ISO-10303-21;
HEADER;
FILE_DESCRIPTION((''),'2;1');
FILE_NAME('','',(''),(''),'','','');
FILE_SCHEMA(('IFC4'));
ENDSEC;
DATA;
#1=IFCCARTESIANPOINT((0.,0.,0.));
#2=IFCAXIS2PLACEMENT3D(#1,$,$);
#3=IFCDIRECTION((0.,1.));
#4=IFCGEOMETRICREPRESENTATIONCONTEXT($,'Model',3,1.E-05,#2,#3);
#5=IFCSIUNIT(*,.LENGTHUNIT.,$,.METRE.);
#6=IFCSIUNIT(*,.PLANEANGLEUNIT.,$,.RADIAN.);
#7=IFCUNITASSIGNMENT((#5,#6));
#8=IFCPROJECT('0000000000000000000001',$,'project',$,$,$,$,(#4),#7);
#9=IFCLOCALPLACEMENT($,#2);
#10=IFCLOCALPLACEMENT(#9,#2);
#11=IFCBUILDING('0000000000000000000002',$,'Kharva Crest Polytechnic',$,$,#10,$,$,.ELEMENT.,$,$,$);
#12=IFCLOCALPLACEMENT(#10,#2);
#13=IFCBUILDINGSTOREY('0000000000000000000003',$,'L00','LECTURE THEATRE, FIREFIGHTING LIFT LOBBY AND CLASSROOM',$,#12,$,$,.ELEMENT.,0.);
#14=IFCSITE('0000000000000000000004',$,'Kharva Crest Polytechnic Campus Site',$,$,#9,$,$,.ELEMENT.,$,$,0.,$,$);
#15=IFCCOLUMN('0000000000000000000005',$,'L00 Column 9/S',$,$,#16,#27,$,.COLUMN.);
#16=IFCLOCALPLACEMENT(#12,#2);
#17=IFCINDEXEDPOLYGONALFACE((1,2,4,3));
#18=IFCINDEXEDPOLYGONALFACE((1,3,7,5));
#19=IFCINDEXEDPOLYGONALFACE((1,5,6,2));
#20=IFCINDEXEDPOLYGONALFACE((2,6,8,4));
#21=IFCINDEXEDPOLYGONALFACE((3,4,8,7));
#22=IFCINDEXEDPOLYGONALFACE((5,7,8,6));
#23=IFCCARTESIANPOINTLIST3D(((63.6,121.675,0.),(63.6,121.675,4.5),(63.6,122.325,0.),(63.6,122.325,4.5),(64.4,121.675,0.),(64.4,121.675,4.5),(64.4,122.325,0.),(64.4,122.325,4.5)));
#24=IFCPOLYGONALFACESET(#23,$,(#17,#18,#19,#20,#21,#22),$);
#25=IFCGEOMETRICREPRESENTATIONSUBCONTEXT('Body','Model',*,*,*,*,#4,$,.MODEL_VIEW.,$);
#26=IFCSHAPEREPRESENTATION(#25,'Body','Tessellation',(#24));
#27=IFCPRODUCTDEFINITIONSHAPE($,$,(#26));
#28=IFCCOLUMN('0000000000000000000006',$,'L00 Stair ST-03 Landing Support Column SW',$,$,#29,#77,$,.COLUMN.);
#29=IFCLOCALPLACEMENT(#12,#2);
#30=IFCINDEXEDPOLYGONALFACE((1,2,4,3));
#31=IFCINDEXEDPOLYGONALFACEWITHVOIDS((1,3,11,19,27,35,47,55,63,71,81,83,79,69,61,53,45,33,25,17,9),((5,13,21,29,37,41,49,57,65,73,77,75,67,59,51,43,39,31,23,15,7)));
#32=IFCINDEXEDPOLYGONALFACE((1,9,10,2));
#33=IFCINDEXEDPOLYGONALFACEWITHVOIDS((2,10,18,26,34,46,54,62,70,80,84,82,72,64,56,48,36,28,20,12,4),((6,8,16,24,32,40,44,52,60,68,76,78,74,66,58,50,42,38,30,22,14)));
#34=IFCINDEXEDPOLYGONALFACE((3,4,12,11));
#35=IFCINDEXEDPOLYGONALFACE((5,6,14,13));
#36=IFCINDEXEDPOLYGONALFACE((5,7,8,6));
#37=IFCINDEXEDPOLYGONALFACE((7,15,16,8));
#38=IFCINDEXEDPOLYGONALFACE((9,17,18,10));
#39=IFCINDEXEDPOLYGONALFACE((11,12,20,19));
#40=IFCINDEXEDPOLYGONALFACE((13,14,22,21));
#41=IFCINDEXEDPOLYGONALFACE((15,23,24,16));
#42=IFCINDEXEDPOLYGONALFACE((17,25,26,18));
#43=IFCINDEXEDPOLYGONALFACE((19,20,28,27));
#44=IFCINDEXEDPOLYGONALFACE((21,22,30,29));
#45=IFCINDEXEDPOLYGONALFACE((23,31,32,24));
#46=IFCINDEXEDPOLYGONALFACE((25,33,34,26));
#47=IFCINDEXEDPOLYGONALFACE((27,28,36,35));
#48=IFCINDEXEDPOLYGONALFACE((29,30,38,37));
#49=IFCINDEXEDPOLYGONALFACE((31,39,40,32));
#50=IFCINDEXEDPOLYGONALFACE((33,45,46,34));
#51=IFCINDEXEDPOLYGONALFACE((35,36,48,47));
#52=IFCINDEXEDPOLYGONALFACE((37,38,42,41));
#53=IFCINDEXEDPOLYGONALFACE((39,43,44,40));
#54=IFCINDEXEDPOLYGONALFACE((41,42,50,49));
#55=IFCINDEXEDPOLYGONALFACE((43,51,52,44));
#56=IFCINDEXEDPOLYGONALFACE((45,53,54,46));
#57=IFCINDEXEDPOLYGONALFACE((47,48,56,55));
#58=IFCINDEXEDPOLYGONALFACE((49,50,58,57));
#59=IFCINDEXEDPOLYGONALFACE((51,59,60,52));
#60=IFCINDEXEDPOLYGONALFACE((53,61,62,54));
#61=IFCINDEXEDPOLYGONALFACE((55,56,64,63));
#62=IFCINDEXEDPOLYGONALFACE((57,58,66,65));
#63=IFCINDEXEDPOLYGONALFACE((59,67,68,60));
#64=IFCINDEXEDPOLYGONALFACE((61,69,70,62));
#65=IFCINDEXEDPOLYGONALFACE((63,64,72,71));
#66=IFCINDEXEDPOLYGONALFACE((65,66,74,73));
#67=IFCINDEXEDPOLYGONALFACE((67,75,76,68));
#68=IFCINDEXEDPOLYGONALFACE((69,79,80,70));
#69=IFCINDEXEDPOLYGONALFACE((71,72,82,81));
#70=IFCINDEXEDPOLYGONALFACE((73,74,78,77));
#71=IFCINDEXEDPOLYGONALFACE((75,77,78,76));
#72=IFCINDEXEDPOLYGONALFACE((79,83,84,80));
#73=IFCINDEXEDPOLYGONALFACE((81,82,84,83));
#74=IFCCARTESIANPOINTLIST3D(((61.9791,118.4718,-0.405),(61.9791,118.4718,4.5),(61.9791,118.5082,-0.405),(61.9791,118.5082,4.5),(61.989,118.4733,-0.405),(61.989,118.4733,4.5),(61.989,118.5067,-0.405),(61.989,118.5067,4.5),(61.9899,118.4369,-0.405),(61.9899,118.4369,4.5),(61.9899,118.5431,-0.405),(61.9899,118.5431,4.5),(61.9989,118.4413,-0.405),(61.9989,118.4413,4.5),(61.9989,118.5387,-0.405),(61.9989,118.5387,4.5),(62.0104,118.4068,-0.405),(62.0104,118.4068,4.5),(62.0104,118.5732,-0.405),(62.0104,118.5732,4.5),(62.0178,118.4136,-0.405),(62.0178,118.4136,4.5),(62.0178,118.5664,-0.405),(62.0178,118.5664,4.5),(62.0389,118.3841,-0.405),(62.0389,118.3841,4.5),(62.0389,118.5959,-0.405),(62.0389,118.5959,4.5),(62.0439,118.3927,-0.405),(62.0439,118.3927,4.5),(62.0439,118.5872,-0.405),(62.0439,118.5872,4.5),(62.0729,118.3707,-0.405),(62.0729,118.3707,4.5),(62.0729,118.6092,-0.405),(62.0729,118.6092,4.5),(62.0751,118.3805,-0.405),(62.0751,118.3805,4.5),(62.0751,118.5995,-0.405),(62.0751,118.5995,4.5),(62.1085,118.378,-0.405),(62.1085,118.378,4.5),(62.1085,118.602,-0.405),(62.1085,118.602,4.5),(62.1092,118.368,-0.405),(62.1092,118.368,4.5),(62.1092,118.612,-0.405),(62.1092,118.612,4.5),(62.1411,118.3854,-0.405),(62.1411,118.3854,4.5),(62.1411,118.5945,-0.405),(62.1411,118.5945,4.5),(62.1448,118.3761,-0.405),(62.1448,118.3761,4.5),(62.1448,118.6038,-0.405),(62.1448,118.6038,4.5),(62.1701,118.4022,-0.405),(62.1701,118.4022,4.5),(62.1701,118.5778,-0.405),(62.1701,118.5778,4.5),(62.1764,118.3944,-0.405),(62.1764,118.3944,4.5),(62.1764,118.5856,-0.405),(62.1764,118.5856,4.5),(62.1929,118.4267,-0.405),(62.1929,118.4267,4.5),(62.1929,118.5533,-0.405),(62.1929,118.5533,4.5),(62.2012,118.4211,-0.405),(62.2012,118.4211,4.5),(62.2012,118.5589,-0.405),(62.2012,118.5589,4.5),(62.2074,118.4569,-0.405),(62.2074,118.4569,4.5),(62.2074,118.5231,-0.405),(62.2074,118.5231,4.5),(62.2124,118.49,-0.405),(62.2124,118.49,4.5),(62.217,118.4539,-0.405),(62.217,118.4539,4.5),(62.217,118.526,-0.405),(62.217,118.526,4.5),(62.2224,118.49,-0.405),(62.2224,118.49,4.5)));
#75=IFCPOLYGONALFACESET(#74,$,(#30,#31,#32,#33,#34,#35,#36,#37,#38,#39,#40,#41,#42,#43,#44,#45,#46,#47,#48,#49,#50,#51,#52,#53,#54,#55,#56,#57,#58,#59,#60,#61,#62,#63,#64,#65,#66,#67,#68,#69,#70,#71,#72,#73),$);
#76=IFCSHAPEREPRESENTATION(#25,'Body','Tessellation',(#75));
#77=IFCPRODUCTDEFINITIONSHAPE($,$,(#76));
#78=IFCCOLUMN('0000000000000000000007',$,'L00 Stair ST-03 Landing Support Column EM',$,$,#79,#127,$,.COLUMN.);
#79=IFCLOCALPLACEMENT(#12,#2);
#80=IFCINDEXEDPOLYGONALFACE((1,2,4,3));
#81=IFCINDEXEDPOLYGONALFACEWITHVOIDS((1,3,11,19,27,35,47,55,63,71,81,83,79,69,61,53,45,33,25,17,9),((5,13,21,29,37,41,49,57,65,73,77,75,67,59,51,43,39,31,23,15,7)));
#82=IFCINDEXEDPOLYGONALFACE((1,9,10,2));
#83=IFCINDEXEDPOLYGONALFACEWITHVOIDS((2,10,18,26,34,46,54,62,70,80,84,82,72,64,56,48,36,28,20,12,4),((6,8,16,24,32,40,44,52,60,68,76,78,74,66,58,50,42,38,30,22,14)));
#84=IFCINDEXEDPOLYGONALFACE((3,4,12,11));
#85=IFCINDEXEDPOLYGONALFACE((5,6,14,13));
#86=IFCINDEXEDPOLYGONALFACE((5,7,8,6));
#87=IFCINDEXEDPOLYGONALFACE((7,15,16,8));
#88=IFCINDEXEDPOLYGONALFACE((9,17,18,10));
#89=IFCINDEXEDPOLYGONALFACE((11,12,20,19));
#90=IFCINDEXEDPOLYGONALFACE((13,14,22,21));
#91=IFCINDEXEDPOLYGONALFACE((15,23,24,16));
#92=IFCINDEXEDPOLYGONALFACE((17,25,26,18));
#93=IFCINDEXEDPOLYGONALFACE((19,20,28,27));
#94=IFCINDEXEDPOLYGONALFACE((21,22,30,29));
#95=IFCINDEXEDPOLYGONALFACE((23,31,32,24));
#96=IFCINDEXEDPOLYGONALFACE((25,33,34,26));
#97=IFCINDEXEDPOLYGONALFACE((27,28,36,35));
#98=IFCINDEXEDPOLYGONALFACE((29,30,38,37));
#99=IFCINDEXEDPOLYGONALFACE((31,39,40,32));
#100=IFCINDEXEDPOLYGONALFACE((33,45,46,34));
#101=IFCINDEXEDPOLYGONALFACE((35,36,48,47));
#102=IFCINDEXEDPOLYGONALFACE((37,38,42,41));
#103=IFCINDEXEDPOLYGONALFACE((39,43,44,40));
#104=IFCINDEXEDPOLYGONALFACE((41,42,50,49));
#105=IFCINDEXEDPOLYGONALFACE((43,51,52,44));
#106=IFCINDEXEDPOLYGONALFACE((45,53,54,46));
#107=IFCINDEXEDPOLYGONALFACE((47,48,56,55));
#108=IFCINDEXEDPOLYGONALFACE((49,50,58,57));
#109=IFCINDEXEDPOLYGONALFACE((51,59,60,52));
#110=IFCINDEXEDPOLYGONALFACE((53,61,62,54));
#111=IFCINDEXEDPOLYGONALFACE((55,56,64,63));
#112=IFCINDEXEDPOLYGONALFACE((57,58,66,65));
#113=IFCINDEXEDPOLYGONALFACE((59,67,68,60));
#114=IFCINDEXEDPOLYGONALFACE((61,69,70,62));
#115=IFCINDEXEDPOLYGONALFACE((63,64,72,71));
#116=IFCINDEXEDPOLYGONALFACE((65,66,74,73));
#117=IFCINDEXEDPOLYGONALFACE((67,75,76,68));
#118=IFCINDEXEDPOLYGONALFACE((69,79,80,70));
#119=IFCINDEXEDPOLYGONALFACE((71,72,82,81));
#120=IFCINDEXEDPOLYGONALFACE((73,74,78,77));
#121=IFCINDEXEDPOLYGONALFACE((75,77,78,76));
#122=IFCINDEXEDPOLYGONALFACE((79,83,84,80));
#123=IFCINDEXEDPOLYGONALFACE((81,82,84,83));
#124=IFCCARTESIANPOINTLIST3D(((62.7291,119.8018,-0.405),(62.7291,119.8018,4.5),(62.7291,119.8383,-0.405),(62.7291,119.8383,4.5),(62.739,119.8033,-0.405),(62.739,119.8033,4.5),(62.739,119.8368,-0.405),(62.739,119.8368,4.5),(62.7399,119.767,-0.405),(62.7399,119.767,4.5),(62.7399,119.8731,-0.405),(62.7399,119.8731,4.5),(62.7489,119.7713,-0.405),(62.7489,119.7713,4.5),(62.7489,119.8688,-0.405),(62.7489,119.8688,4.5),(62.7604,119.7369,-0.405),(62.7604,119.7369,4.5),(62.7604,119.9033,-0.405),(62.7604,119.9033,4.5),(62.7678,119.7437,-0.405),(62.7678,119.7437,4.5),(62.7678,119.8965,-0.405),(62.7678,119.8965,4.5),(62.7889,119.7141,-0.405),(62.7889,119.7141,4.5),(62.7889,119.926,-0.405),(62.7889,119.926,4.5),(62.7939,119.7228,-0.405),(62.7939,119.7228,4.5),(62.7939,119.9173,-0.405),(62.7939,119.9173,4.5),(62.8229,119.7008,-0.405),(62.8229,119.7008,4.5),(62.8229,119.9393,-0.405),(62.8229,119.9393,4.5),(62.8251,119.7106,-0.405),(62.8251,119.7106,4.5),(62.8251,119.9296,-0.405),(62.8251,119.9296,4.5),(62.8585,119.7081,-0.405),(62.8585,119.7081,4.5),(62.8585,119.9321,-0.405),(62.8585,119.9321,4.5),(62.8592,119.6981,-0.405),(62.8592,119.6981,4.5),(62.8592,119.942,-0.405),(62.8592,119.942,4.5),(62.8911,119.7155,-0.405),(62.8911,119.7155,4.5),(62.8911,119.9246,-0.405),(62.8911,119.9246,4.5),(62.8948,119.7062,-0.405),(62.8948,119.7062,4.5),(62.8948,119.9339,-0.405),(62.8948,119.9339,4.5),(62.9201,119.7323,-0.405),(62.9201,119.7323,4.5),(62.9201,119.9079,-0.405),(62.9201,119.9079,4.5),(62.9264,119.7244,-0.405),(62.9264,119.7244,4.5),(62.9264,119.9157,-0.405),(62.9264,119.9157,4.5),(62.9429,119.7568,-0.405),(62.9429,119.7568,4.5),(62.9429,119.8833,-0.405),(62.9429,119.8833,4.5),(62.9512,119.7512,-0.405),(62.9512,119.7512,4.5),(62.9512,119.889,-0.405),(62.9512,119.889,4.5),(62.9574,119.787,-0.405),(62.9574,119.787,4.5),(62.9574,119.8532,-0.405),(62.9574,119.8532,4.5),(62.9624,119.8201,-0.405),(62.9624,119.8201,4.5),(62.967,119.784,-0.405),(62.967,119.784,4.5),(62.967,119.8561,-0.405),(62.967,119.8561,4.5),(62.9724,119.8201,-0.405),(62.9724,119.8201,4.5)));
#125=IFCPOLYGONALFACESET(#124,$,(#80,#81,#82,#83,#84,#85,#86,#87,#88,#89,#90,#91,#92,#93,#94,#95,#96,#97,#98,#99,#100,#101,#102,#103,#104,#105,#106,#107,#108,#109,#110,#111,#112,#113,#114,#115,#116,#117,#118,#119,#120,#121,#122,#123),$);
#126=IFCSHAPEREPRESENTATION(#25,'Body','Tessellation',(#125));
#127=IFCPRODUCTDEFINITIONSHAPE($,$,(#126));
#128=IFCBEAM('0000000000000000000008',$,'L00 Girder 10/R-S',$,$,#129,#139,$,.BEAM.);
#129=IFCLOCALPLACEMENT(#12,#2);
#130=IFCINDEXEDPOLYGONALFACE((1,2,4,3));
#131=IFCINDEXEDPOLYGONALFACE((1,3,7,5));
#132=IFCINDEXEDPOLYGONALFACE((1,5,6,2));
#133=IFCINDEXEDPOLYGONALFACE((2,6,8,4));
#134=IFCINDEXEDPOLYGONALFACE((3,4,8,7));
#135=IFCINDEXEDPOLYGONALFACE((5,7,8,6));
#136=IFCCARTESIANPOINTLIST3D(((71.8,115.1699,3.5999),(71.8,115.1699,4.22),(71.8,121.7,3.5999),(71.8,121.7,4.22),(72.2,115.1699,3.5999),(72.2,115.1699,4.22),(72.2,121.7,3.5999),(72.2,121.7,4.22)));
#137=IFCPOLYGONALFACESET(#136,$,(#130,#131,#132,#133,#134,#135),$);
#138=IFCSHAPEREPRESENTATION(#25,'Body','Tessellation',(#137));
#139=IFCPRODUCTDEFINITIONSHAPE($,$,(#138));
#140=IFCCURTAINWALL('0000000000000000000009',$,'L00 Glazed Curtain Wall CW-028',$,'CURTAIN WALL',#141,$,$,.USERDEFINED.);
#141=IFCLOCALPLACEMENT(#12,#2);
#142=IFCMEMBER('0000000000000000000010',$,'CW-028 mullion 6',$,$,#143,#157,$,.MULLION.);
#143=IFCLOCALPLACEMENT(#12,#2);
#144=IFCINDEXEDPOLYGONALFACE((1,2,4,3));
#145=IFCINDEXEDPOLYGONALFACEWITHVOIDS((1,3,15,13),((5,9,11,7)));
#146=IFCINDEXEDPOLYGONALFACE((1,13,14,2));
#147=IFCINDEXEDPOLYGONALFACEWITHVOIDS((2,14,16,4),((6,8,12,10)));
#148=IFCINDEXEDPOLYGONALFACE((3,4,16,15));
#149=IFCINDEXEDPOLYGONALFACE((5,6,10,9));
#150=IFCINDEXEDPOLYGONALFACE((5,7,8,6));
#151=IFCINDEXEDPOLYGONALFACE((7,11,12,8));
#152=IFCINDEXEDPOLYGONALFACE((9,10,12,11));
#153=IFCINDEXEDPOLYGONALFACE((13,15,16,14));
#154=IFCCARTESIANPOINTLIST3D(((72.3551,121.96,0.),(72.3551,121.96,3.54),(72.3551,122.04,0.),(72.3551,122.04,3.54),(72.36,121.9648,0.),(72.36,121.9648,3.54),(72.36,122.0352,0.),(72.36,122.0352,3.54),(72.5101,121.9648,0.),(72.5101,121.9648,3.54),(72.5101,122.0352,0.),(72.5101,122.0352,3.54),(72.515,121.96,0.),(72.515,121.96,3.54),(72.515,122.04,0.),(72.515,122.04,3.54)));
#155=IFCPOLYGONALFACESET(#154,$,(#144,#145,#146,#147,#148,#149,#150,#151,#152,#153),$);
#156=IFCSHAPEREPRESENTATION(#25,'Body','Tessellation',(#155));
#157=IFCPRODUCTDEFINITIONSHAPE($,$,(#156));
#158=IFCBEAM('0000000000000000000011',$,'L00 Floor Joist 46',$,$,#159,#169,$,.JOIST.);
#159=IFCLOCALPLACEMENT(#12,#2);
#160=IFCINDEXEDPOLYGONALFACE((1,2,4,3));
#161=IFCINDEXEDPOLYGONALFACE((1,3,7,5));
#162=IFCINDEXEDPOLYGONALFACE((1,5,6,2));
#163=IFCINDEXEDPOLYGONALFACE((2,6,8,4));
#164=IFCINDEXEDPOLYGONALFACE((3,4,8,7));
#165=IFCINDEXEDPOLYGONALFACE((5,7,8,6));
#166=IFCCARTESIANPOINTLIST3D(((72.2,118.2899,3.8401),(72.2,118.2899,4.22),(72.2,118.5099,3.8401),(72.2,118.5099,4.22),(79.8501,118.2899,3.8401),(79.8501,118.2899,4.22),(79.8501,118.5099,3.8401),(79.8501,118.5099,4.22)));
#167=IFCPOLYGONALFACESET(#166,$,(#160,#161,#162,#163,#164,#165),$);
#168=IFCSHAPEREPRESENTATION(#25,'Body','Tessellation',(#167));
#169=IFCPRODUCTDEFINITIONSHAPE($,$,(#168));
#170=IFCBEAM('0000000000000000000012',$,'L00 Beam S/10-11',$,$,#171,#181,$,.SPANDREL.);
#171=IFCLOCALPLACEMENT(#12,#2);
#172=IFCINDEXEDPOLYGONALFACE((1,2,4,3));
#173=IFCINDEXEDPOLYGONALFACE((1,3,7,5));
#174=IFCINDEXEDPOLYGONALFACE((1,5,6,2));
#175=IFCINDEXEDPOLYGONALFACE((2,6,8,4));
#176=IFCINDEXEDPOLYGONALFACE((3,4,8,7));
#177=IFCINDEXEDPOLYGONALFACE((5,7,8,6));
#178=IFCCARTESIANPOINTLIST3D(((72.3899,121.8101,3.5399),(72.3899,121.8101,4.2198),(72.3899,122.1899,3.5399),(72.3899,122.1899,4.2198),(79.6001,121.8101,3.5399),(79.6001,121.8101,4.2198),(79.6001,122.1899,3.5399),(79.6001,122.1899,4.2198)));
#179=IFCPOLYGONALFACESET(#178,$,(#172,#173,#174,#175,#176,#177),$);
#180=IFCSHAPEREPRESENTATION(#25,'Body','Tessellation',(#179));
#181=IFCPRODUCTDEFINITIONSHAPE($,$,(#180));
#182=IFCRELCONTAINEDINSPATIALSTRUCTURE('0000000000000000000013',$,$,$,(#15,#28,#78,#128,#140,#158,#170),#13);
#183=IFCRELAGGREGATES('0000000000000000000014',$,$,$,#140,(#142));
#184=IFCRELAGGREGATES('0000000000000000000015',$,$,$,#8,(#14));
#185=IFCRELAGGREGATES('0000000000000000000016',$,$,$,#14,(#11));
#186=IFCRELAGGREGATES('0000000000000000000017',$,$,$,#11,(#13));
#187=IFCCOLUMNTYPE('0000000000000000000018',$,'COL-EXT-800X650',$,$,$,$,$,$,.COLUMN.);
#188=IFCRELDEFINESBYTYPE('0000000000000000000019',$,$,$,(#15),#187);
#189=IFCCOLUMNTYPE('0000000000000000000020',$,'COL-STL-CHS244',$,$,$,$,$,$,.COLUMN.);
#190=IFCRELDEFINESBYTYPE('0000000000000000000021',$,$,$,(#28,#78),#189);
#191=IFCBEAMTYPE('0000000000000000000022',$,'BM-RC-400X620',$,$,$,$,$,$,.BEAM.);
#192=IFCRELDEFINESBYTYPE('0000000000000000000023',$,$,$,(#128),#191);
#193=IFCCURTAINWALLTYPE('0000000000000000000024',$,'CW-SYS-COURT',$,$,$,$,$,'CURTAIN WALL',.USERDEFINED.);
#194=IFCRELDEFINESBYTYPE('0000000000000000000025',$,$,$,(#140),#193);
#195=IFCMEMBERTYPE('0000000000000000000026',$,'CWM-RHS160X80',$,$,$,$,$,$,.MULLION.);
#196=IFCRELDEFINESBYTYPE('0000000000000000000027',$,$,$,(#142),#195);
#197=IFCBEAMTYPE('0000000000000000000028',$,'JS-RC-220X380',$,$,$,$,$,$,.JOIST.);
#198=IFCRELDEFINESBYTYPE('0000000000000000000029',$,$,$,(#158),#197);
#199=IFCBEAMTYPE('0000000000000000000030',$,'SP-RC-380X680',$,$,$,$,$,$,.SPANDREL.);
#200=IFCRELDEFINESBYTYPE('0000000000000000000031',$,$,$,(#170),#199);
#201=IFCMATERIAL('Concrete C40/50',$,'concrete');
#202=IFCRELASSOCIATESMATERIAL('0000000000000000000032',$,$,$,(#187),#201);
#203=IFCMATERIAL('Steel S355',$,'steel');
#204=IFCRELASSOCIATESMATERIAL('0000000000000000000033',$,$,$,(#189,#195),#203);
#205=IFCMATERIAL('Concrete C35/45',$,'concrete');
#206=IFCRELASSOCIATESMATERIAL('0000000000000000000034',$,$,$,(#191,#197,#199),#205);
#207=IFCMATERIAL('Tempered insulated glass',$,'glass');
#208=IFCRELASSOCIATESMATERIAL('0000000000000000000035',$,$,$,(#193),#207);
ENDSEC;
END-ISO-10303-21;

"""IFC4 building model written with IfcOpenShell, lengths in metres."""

from ifc_helpers import new_model, si_unit, direction, frame, origin, origin_2d, place, context, subcontext, project, spatial, rectangle, hollow_rectangle, hollow_circle, extrude, material, material_profile, profile_set, type_object, element, aggregate, save


model = new_model("IFC4")

# Units and contexts
model_context = context("Model", 3, precision=1e-05, world=origin(), true_north=direction((0.0, 1.0)))
body_context = subcontext(model_context, "Body", "Model", "MODEL_VIEW")
ifc_project = project(units=[si_unit("LENGTHUNIT", "METRE"), si_unit("PLANEANGLEUNIT", "RADIAN")], contexts=[model_context])

# Site, building, storey
site_placement = place(None, origin())
site = spatial("IfcSite", under=ifc_project, at=site_placement, Name="Kharva Crest Polytechnic Campus Site", CompositionType="ELEMENT", RefElevation=0.0)
building_placement = place(site_placement, origin())
building = spatial("IfcBuilding", under=site, at=building_placement, Name="Kharva Crest Polytechnic", CompositionType="ELEMENT")
storey_placement = place(building_placement, origin())
storey = spatial("IfcBuildingStorey", under=building, at=storey_placement, Name="L00", Description="LECTURE THEATRE, FIREFIGHTING LIFT LOBBY AND CLASSROOM", CompositionType="ELEMENT", Elevation=0.0)

# Shared definitions
ifc_material_1 = material(Name="Concrete C35/45", Category="concrete")

# Columns
ifc_material_2 = material(Name="Concrete C40/50", Category="concrete")
ifc_material_profile_1 = material_profile(ifc_material_2, rectangle(XDim=0.8, YDim=0.6499, at=origin_2d()), Name="RECT 800 X 650")
ifc_profile_set_1 = profile_set([ifc_material_profile_1], Name="Concrete C40/50")
column_type_1 = type_object("IfcColumnType", Name="COL-EXT-800X650", PredefinedType="COLUMN", material=ifc_profile_set_1)
column_1_placement = place(storey_placement, frame((64.0, 122.0, 0.0), z_axis=(0.0, 0.0, 1.0), x_axis=(1.0, 0.0, 0.0)))
element("IfcColumn", 1, at=column_1_placement, inside=storey, type_object=column_type_1, Name="L00 Column 9/S", PredefinedType="COLUMN", context=body_context, shape_type="SweptSolid", body=[
    extrude(rectangle(XDim=0.8, YDim=0.6499, at=origin_2d()), origin(), (0.0, 0.0, 1.0), 4.5),
])
ifc_material_3 = material(Name="Steel S355", Category="steel")
ifc_material_profile_2 = material_profile(ifc_material_3, hollow_circle(Radius=0.1223, WallThickness=0.01, at=origin_2d()), Name="CHS 244.5X10.0")
ifc_profile_set_2 = profile_set([ifc_material_profile_2], Name="Steel S355")
column_type_2 = type_object("IfcColumnType", Name="COL-STL-CHS244", PredefinedType="COLUMN", material=ifc_profile_set_2)
for number, where, z_axis, x_axis, name in (
    (2, (62.1001, 118.49, -0.405), (0.0, 0.0, 1.0), (1.0, 0.0, 0.0), "L00 Stair ST-03 Landing Support Column SW"),
    (3, (62.8501, 119.8201, -0.405), (0.0, 0.0, 1.0), (1.0, 0.0, 0.0), "L00 Stair ST-03 Landing Support Column EM"),
):
    element("IfcColumn", number, at=place(storey_placement, frame(where, z_axis=z_axis, x_axis=x_axis)), inside=storey, type_object=column_type_2, Name=name, PredefinedType="COLUMN", context=body_context, shape_type="SweptSolid", body=[
        extrude(hollow_circle(Radius=0.1223, WallThickness=0.01, at=origin_2d()), origin(), (0.0, 0.0, 1.0), 4.905),
    ])

# Beam
ifc_material_profile_3 = material_profile(ifc_material_1, rectangle(XDim=0.3999, YDim=0.6201, at=origin_2d()), Name="RECT 400 X 620")
ifc_profile_set_3 = profile_set([ifc_material_profile_3], Name="Concrete C35/45")
beam_type_1 = type_object("IfcBeamType", Name="BM-RC-400X620", PredefinedType="BEAM", material=ifc_profile_set_3)
beam_1_placement = place(storey_placement, frame((72.0, 115.1699, 3.9099), z_axis=(0.0, 1.0, 0.0), x_axis=(-1.0, 0.0, 0.0)))
element("IfcBeam", 4, at=beam_1_placement, inside=storey, type_object=beam_type_1, Name="L00 Girder 10/R-S", PredefinedType="BEAM", context=body_context, shape_type="SweptSolid", body=[
    extrude(rectangle(XDim=0.3999, YDim=0.6201, at=origin_2d()), origin(), (0.0, 0.0, 1.0), 6.53),
])

# Curtain wall, member
ifc_material_4 = material(Name="Tempered insulated glass", Category="glass")
curtain_wall_type = type_object("IfcCurtainWallType", Name="CW-SYS-COURT", ElementType="CURTAIN WALL", PredefinedType="USERDEFINED", material=ifc_material_4)
curtain_wall_placement = place(storey_placement, origin())
curtain_wall = element("IfcCurtainWall", 5, at=curtain_wall_placement, inside=storey, type_object=curtain_wall_type, Name="L00 Glazed Curtain Wall CW-028", ObjectType="CURTAIN WALL", PredefinedType="USERDEFINED")
ifc_material_profile_4 = material_profile(ifc_material_3, hollow_rectangle(XDim=0.0801, YDim=0.1599, WallThickness=0.0049, at=origin_2d()), Name="RHS 160X80X5.0")
ifc_profile_set_4 = profile_set([ifc_material_profile_4], Name="Steel S355")
member_type = type_object("IfcMemberType", Name="CWM-RHS160X80", PredefinedType="MULLION", material=ifc_profile_set_4)
member_placement = place(storey_placement, frame((72.4351, 122.0, 0.0), z_axis=(0.0, 0.0, 1.0), x_axis=(0.0, -1.0, 0.0)))
member = element("IfcMember", 6, at=member_placement, type_object=member_type, Name="CW-028 mullion 6", PredefinedType="MULLION", context=body_context, shape_type="SweptSolid", body=[
    extrude(hollow_rectangle(XDim=0.0801, YDim=0.1599, WallThickness=0.0049, at=origin_2d()), origin(), (0.0, 0.0, 1.0), 3.54),
])

# Beams
ifc_material_profile_5 = material_profile(ifc_material_1, rectangle(XDim=0.22, YDim=0.3799, at=origin_2d()), Name="RECT 220 X 380")
ifc_profile_set_5 = profile_set([ifc_material_profile_5], Name="Concrete C35/45")
beam_type_2 = type_object("IfcBeamType", Name="JS-RC-220X380", PredefinedType="JOIST", material=ifc_profile_set_5)
beam_2_placement = place(storey_placement, frame((72.2, 118.3999, 4.03), z_axis=(1.0, 0.0, 0.0), x_axis=(0.0, 1.0, 0.0)))
element("IfcBeam", 7, at=beam_2_placement, inside=storey, type_object=beam_type_2, Name="L00 Floor Joist 46", PredefinedType="JOIST", context=body_context, shape_type="SweptSolid", body=[
    extrude(rectangle(XDim=0.22, YDim=0.3799, at=origin_2d()), origin(), (0.0, 0.0, 1.0), 7.6501),
])
ifc_material_profile_6 = material_profile(ifc_material_1, rectangle(XDim=0.3799, YDim=0.6799, at=origin_2d()), Name="RECT 380 X 680")
ifc_profile_set_6 = profile_set([ifc_material_profile_6], Name="Concrete C35/45")
beam_type_3 = type_object("IfcBeamType", Name="SP-RC-380X680", PredefinedType="SPANDREL", material=ifc_profile_set_6)
beam_3_placement = place(storey_placement, frame((72.3899, 122.0, 3.8799), z_axis=(1.0, 0.0, 0.0), x_axis=(0.0, 1.0, 0.0)))
element("IfcBeam", 8, at=beam_3_placement, inside=storey, type_object=beam_type_3, Name="L00 Beam S/10-11", PredefinedType="SPANDREL", context=body_context, shape_type="SweptSolid", body=[
    extrude(rectangle(XDim=0.3799, YDim=0.6799, at=origin_2d()), origin(), (0.0, 0.0, 1.0), 7.2102),
])

aggregate(curtain_wall, [member])

save(model, "model.ifc")
